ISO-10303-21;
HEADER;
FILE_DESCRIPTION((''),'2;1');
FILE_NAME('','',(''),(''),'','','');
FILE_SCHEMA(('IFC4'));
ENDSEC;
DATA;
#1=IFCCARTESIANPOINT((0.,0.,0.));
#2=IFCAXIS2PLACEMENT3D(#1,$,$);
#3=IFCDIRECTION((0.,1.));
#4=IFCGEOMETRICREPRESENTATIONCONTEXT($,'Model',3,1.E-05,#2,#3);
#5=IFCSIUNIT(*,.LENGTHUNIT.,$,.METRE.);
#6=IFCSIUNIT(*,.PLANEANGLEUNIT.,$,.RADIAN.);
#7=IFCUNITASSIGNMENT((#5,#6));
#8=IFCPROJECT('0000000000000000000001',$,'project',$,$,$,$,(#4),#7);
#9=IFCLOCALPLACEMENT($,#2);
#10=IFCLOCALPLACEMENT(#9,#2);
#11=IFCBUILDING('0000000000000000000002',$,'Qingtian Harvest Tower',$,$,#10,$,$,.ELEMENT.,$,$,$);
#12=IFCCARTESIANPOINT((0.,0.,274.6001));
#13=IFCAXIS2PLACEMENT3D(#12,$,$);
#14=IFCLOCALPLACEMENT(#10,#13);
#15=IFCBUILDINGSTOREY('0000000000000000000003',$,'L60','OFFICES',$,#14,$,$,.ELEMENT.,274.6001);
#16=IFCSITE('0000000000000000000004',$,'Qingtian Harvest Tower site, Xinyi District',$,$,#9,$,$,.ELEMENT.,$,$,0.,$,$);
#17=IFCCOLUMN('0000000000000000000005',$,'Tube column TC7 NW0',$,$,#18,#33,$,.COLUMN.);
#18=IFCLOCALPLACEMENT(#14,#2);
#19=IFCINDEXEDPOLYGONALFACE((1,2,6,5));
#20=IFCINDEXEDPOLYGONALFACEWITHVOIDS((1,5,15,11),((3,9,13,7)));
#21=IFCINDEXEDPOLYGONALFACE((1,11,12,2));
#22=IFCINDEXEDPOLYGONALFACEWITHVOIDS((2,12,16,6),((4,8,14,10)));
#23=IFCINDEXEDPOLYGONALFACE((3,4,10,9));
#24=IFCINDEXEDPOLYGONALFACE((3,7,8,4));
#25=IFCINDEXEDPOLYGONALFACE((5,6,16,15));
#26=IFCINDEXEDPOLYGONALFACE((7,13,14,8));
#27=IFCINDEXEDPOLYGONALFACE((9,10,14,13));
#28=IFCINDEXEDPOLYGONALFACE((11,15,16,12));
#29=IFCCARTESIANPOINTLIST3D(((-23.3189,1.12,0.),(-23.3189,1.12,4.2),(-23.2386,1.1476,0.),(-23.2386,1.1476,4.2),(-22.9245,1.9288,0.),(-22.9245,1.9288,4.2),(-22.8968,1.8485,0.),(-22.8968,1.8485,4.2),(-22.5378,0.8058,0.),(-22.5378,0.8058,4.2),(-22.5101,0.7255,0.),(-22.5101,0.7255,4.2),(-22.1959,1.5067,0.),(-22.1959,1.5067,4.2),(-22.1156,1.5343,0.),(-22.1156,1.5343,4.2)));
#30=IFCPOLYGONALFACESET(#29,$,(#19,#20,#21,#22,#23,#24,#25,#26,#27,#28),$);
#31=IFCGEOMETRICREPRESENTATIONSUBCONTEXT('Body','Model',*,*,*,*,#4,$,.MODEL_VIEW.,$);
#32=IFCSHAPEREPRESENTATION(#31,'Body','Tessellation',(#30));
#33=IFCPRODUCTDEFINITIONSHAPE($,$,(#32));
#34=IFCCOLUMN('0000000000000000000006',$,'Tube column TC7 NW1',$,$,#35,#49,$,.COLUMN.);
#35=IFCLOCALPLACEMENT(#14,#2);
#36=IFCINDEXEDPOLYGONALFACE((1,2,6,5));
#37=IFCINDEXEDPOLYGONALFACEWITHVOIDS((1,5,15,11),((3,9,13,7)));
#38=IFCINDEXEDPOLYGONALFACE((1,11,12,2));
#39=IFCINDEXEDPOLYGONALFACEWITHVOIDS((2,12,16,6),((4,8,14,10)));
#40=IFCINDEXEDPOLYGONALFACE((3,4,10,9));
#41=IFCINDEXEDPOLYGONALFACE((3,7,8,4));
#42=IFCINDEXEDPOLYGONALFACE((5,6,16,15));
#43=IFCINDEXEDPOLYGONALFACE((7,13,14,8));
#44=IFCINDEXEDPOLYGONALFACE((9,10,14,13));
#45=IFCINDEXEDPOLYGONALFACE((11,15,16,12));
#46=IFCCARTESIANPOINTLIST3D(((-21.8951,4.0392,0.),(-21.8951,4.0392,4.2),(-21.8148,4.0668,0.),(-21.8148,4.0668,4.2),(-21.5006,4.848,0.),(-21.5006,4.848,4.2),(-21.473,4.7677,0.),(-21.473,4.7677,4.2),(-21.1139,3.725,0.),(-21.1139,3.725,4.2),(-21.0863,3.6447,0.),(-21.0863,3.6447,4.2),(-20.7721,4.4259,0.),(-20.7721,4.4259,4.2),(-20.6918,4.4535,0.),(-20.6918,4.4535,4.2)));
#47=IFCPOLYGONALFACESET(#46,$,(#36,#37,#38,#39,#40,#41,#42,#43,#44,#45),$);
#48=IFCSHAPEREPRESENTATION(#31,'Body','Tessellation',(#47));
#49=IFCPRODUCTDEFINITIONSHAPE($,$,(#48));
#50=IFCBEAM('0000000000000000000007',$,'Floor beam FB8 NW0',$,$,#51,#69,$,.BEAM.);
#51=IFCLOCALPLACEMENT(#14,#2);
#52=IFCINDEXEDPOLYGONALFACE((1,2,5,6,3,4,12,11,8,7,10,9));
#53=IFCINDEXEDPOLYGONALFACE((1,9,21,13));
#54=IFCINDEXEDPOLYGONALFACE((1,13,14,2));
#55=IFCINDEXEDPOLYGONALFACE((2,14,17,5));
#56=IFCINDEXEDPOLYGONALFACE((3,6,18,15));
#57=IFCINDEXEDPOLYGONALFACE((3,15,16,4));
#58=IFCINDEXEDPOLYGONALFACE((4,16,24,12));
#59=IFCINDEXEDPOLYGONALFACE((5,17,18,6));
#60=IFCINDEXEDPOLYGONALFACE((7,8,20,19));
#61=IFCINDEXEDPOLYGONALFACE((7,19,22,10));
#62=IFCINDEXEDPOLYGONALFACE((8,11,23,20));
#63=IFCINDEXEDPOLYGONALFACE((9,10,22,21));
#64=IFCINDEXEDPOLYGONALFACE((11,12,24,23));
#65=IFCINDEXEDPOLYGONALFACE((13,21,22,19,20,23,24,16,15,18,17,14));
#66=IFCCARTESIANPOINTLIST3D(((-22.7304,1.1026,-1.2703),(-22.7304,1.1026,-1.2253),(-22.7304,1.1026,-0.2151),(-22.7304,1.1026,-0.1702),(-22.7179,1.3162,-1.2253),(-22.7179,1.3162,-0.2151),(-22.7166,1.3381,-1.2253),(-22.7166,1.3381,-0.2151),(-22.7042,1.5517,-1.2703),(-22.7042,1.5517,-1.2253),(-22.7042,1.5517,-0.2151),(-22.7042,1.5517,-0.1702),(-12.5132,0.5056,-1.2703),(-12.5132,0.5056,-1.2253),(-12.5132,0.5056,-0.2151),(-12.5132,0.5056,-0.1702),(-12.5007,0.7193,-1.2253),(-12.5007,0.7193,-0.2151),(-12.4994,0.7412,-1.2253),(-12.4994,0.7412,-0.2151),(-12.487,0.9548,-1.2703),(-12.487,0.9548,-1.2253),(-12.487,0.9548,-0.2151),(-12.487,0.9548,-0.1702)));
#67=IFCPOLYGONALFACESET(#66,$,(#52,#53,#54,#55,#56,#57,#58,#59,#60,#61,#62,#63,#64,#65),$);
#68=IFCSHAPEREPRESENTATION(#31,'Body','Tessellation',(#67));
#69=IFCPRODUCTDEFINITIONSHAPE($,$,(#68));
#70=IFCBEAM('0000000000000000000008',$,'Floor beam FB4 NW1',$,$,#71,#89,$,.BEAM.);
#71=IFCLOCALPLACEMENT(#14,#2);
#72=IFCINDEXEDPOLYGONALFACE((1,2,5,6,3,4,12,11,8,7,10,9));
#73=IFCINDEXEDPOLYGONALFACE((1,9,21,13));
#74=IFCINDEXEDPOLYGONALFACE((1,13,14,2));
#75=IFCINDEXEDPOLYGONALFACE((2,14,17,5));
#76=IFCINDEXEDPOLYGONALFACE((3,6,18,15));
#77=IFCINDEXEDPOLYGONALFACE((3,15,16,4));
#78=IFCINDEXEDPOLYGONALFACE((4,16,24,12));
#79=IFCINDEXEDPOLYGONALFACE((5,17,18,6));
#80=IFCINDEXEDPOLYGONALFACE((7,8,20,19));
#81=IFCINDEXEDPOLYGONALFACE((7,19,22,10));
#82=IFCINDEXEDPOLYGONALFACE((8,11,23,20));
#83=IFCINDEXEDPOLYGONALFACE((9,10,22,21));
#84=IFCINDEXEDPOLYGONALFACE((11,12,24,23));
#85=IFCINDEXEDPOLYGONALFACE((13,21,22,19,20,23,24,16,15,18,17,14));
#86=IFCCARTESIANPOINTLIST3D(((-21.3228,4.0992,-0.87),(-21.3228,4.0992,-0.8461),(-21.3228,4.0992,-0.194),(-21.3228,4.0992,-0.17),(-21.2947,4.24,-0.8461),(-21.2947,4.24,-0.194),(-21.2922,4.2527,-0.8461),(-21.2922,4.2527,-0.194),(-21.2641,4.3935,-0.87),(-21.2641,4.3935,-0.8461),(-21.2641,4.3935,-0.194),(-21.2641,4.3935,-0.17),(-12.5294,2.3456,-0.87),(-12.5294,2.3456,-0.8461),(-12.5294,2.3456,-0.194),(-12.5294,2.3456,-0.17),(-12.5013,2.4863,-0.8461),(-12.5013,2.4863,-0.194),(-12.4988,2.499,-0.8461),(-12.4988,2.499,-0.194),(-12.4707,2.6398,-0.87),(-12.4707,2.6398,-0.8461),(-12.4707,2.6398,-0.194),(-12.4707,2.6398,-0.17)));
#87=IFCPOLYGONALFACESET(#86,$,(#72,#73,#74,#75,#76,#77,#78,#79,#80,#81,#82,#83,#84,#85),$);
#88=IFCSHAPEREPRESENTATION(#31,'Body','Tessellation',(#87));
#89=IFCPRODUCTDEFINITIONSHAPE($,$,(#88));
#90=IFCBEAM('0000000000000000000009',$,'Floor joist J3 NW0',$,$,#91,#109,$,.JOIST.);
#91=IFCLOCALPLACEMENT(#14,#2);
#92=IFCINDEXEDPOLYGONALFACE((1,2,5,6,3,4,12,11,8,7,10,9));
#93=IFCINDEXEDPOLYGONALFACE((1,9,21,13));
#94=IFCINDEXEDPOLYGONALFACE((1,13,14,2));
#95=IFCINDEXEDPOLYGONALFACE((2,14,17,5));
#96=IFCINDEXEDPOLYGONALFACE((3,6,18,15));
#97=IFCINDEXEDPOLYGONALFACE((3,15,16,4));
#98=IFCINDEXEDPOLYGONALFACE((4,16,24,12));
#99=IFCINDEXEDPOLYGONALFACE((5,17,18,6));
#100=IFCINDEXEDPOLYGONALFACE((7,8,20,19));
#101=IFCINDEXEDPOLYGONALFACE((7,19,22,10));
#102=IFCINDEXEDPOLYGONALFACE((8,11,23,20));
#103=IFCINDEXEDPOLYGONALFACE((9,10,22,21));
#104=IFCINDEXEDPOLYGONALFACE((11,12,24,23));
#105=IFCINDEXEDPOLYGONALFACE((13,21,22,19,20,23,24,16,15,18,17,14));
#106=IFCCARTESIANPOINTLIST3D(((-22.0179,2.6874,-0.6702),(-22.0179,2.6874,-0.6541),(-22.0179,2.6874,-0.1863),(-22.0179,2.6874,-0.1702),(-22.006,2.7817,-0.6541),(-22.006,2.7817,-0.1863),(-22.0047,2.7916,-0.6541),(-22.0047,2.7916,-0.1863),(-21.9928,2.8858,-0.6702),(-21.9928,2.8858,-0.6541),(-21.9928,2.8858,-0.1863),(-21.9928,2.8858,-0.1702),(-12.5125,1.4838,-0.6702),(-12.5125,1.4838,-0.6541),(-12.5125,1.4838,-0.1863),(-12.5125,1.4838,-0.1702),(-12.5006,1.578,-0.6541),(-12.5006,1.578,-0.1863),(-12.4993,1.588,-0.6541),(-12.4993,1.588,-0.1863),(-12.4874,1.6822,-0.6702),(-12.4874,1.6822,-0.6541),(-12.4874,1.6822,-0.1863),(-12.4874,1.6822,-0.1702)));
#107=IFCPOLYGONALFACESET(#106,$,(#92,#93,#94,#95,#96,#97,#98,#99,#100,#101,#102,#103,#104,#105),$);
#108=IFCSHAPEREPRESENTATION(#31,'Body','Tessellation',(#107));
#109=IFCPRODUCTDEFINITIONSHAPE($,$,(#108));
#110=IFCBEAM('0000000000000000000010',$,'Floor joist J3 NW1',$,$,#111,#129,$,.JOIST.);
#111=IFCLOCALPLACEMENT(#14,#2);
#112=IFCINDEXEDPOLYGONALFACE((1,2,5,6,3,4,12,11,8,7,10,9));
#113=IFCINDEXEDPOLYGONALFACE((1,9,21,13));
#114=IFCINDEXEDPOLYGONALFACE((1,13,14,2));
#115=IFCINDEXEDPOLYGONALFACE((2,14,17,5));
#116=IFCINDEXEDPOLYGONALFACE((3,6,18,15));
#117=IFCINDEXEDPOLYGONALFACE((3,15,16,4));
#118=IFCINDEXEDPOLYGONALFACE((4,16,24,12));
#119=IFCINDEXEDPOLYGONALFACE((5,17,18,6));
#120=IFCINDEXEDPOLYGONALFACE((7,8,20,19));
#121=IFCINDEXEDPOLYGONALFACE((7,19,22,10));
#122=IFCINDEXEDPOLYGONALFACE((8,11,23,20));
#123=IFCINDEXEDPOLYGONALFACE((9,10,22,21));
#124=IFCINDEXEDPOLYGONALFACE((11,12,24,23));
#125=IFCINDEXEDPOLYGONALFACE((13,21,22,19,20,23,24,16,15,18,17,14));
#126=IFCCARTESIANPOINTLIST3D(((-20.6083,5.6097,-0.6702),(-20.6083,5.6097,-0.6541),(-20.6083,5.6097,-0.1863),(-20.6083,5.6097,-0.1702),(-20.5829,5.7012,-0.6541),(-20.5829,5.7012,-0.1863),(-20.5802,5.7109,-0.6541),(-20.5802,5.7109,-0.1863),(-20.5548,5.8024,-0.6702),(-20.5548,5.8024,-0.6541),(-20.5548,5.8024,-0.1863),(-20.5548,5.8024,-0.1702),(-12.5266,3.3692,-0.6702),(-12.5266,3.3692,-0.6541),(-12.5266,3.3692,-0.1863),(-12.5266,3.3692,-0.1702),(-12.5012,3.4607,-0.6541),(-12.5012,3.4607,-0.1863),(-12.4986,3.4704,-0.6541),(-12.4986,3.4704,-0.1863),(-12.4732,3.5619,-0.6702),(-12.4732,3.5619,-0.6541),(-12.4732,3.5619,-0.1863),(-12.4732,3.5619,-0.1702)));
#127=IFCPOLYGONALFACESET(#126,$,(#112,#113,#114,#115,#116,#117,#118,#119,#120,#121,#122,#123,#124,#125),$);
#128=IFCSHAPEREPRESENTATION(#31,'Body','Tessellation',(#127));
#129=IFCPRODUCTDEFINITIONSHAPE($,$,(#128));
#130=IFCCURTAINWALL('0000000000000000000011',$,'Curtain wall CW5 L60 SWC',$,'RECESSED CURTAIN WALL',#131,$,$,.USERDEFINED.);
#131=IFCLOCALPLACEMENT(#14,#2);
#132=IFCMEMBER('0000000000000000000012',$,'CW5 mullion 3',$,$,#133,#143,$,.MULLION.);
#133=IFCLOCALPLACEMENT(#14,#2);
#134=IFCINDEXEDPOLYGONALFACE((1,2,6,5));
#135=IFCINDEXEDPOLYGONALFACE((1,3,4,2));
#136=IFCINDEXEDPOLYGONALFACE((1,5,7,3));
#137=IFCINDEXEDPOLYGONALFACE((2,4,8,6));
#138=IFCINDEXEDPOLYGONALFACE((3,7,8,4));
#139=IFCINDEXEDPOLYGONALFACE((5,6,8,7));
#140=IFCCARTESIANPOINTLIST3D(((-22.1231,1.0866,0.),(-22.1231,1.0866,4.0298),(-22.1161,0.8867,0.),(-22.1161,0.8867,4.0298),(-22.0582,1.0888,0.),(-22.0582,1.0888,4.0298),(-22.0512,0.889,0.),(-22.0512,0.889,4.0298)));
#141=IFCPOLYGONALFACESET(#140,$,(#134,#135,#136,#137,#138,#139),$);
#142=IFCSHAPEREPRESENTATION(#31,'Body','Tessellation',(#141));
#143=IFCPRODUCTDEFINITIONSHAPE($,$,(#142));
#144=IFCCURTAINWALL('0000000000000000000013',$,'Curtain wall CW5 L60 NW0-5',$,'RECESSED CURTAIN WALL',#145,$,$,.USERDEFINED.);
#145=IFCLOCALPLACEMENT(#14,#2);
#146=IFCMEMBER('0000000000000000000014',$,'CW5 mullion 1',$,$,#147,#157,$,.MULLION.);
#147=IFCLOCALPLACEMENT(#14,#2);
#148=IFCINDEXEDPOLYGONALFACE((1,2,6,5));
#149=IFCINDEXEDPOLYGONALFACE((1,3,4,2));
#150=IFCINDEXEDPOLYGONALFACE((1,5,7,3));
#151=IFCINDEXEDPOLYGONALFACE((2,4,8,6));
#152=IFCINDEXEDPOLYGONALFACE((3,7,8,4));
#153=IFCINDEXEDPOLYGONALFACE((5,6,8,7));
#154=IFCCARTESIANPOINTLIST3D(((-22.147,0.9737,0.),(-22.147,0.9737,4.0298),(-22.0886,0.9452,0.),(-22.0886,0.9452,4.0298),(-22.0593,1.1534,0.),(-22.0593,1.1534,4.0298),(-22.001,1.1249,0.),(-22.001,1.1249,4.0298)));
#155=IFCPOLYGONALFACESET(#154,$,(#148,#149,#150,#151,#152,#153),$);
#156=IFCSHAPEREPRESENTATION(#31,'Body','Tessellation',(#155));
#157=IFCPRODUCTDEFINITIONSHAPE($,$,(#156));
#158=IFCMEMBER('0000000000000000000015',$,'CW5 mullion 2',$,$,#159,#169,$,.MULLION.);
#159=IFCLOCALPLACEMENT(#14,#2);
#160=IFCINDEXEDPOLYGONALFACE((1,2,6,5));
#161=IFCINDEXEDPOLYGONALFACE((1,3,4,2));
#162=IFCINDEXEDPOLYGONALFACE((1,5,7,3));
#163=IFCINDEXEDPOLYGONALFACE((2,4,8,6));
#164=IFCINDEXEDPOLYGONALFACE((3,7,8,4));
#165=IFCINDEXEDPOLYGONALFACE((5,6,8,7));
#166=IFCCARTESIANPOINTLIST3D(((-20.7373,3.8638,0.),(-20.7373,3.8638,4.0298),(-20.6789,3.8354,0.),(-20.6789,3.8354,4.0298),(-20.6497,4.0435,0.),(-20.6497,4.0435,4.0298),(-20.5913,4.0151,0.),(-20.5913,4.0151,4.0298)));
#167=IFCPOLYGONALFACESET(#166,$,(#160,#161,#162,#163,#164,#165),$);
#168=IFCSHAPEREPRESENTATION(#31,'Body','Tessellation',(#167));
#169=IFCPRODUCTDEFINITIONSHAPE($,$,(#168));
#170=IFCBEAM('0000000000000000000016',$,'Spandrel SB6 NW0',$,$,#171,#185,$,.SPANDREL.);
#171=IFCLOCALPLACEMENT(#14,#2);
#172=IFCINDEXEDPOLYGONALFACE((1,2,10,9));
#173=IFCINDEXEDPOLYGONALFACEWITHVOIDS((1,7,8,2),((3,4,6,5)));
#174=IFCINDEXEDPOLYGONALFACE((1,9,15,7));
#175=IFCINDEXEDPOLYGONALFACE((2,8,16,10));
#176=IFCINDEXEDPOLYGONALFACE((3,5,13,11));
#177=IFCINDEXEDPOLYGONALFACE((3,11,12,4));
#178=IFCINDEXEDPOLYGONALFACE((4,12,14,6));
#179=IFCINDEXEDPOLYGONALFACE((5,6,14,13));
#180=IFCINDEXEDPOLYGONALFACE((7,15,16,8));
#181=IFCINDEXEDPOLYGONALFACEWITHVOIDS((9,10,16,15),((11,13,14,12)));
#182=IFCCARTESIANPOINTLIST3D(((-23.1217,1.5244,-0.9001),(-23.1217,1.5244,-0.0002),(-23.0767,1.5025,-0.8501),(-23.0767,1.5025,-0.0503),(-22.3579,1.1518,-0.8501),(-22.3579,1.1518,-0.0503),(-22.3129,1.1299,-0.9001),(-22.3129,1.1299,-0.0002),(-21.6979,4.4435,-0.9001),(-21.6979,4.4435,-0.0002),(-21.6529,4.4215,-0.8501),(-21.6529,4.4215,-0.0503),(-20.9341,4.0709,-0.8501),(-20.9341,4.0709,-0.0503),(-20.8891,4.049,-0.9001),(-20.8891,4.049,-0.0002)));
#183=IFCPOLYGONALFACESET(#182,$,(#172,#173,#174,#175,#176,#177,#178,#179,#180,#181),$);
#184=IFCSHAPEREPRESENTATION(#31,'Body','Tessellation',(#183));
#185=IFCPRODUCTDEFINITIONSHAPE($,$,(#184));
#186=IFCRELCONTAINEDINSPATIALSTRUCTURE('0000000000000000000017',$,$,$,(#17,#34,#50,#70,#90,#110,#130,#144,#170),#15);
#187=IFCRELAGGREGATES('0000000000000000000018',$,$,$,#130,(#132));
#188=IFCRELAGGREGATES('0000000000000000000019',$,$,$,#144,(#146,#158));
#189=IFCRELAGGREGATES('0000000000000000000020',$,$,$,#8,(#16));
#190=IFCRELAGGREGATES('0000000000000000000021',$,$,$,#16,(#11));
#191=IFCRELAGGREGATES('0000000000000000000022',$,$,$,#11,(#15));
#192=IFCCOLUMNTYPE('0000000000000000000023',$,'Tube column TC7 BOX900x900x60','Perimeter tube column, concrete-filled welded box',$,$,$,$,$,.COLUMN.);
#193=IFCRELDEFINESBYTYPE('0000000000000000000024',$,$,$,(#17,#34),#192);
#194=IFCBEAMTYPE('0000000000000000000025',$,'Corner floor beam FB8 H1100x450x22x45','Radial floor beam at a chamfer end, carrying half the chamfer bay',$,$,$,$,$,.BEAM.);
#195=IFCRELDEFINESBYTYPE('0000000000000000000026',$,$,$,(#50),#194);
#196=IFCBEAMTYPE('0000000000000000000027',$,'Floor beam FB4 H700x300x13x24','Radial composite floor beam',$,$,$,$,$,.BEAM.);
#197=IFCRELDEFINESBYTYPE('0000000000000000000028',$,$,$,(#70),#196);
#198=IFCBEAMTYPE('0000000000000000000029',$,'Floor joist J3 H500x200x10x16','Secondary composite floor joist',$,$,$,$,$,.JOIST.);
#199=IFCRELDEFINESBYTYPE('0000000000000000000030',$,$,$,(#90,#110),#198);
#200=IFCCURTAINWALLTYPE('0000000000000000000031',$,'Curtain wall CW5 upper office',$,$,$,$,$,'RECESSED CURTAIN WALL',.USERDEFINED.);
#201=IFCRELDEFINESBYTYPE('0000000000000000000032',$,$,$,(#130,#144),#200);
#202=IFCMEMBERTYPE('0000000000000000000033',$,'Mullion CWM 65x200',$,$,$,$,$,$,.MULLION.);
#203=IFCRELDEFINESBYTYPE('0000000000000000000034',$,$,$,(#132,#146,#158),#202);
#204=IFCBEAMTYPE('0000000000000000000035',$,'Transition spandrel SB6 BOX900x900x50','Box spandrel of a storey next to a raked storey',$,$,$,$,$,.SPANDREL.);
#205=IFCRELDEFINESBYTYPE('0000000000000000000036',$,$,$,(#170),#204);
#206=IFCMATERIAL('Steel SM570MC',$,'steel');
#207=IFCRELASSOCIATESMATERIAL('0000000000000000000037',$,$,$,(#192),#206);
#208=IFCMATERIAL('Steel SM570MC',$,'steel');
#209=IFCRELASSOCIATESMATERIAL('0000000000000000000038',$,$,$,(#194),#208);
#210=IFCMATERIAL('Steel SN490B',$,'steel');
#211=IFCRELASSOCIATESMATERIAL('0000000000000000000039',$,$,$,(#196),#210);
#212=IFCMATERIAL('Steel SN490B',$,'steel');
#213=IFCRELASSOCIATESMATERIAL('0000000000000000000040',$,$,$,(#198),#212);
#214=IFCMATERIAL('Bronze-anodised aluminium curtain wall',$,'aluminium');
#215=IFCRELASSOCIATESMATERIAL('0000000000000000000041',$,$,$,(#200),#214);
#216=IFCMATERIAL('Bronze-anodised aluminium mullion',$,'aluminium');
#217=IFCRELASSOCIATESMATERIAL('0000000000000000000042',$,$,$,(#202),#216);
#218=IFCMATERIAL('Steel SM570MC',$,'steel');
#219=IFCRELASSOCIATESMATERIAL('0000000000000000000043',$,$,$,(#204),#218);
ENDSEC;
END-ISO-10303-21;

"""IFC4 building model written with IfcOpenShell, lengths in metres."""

from ifc_helpers import new_model, si_unit, direction, frame, origin, origin_2d, place, context, subcontext, project, spatial, rectangle, hollow_rectangle, i_section, extrude, material, material_profile, profile_set, type_object, element, aggregate, save


model = new_model("IFC4")

# Units and contexts
model_context = context("Model", 3, precision=1e-05, world=origin(), true_north=direction((0.0, 1.0)))
body_context = subcontext(model_context, "Body", "Model", "MODEL_VIEW")
ifc_project = project(units=[si_unit("LENGTHUNIT", "METRE"), si_unit("PLANEANGLEUNIT", "RADIAN")], contexts=[model_context])

# Site, building, storey
site_placement = place(None, origin())
site = spatial("IfcSite", under=ifc_project, at=site_placement, Name="Qingtian Harvest Tower site, Xinyi District", CompositionType="ELEMENT", RefElevation=0.0)
building_placement = place(site_placement, origin())
building = spatial("IfcBuilding", under=site, at=building_placement, Name="Qingtian Harvest Tower", CompositionType="ELEMENT")
storey_placement = place(building_placement, frame((0.0, 0.0, 274.6001)))
storey = spatial("IfcBuildingStorey", under=building, at=storey_placement, Name="L60", Description="OFFICES", CompositionType="ELEMENT", Elevation=274.6001)

# Columns
ifc_material_1 = material(Name="Steel SM570MC", Category="steel")
ifc_material_profile_1 = material_profile(ifc_material_1, hollow_rectangle(XDim=0.8999, YDim=0.8999, WallThickness=0.0601, at=origin_2d()), Name="BOX900x900x60")
ifc_profile_set_1 = profile_set([ifc_material_profile_1], Name="Steel SM570MC")
column_type = type_object("IfcColumnType", Name="Tube column TC7 BOX900x900x60", Description="Perimeter tube column, concrete-filled welded box", PredefinedType="COLUMN", material=ifc_profile_set_1)
for number, where, z_axis, x_axis, name in (
    (1, (-22.7173, 1.3271, 0.0), (0.0, 0.0, 1.0), (-0.438371, -0.898794, 0.0), "Tube column TC7 NW0"),
    (2, (-21.2935, 4.2463, 0.0), (0.0, 0.0, 1.0), (-0.438371, -0.898794, 0.0), "Tube column TC7 NW1"),
):
    element("IfcColumn", number, at=place(storey_placement, frame(where, z_axis=z_axis, x_axis=x_axis)), inside=storey, type_object=column_type, Name=name, PredefinedType="COLUMN", context=body_context, shape_type="SweptSolid", body=[
        extrude(hollow_rectangle(XDim=0.8999, YDim=0.8999, WallThickness=0.0601, at=origin_2d()), origin(), (0.0, 0.0, 1.0), 4.2),
    ])

# Beams
ifc_material_2 = material(Name="Steel SM570MC", Category="steel")
ifc_material_profile_2 = material_profile(ifc_material_2, i_section(OverallWidth=0.45, OverallDepth=1.1001, WebThickness=0.022, FlangeThickness=0.0449, at=origin_2d()), Name="H1100x450x22x45")
ifc_profile_set_2 = profile_set([ifc_material_profile_2], Name="Steel SM570MC")
beam_type_1 = type_object("IfcBeamType", Name="Corner floor beam FB8 H1100x450x22x45", Description="Radial floor beam at a chamfer end, carrying half the chamfer bay", PredefinedType="BEAM", material=ifc_profile_set_2)
beam_1_placement = place(storey_placement, frame((-22.7173, 1.3271, -0.7202), z_axis=(0.998298, -0.058323, 0.0), x_axis=(0.058323, 0.998298, 0.0)))
element("IfcBeam", 3, at=beam_1_placement, inside=storey, type_object=beam_type_1, Name="Floor beam FB8 NW0", PredefinedType="BEAM", context=body_context, shape_type="SweptSolid", body=[
    extrude(i_section(OverallWidth=0.45, OverallDepth=1.1001, WebThickness=0.022, FlangeThickness=0.0449, at=origin_2d()), origin(), (0.0, 0.0, 1.0), 10.2346),
])
ifc_material_3 = material(Name="Steel SN490B", Category="steel")
ifc_material_profile_3 = material_profile(ifc_material_3, i_section(OverallWidth=0.3, OverallDepth=0.7, WebThickness=0.0129, FlangeThickness=0.0239, at=origin_2d()), Name="H700x300x13x24")
ifc_profile_set_3 = profile_set([ifc_material_profile_3], Name="Steel SN490B")
beam_type_2 = type_object("IfcBeamType", Name="Floor beam FB4 H700x300x13x24", Description="Radial composite floor beam", PredefinedType="BEAM", material=ifc_profile_set_3)
beam_2_placement = place(storey_placement, frame((-21.2935, 4.2463, -0.52), z_axis=(0.980688, -0.195577, 0.0), x_axis=(0.195577, 0.980688, 0.0)))
element("IfcBeam", 4, at=beam_2_placement, inside=storey, type_object=beam_type_2, Name="Floor beam FB4 NW1", PredefinedType="BEAM", context=body_context, shape_type="SweptSolid", body=[
    extrude(i_section(OverallWidth=0.3, OverallDepth=0.7, WebThickness=0.0129, FlangeThickness=0.0239, at=origin_2d()), origin(), (0.0, 0.0, 1.0), 8.9666),
])
ifc_material_4 = material(Name="Steel SN490B", Category="steel")
ifc_material_profile_4 = material_profile(ifc_material_4, i_section(OverallWidth=0.2, OverallDepth=0.5, WebThickness=0.01, FlangeThickness=0.0161, at=origin_2d()), Name="H500x200x10x16")
ifc_profile_set_4 = profile_set([ifc_material_profile_4], Name="Steel SN490B")
beam_type_3 = type_object("IfcBeamType", Name="Floor joist J3 H500x200x10x16", Description="Secondary composite floor joist", PredefinedType="JOIST", material=ifc_profile_set_4)
beam_3_placement = place(storey_placement, frame((-22.0054, 2.7866, -0.4202), z_axis=(0.992078, -0.125621, 0.0), x_axis=(0.125621, 0.992078, 0.0)))
element("IfcBeam", 5, at=beam_3_placement, inside=storey, type_object=beam_type_3, Name="Floor joist J3 NW0", PredefinedType="JOIST", context=body_context, shape_type="SweptSolid", body=[
    extrude(i_section(OverallWidth=0.2, OverallDepth=0.5, WebThickness=0.01, FlangeThickness=0.0161, at=origin_2d()), origin(), (0.0, 0.0, 1.0), 9.5813),
])
beam_4_placement = place(storey_placement, frame((-20.5815, 5.7061, -0.4202), z_axis=(0.963653, -0.267157, 0.0), x_axis=(0.267157, 0.963653, 0.0)))
element("IfcBeam", 6, at=beam_4_placement, inside=storey, type_object=beam_type_3, Name="Floor joist J3 NW1", PredefinedType="JOIST", context=body_context, shape_type="SweptSolid", body=[
    extrude(i_section(OverallWidth=0.2, OverallDepth=0.5, WebThickness=0.01, FlangeThickness=0.0161, at=origin_2d()), origin(), (0.0, 0.0, 1.0), 8.3865),
])

# Curtain wall, member
ifc_material_5 = material(Name="Bronze-anodised aluminium curtain wall", Category="aluminium")
curtain_wall_type = type_object("IfcCurtainWallType", Name="Curtain wall CW5 upper office", ElementType="RECESSED CURTAIN WALL", PredefinedType="USERDEFINED", material=ifc_material_5)
curtain_wall_1_placement = place(storey_placement, origin())
curtain_wall_1 = element("IfcCurtainWall", 7, at=curtain_wall_1_placement, inside=storey, type_object=curtain_wall_type, Name="Curtain wall CW5 L60 SWC", ObjectType="RECESSED CURTAIN WALL", PredefinedType="USERDEFINED")
ifc_material_6 = material(Name="Bronze-anodised aluminium mullion", Category="aluminium")
ifc_material_profile_5 = material_profile(ifc_material_6, rectangle(XDim=0.0649, YDim=0.2, at=origin_2d()), Name="AL 65x200")
ifc_profile_set_5 = profile_set([ifc_material_profile_5], Name="Bronze-anodised aluminium mullion")
member_type_1 = type_object("IfcMemberType", Name="Mullion CWM 65x200", PredefinedType="MULLION", material=ifc_profile_set_5)
member_1_placement = place(storey_placement, frame((-22.0872, 0.9878, 0.0), z_axis=(0.0, 0.0, 1.0), x_axis=(-0.999391, -0.034899, 0.0)))
member_1 = element("IfcMember", 8, at=member_1_placement, type_object=member_type_1, Name="CW5 mullion 3", PredefinedType="MULLION", context=body_context, shape_type="SweptSolid", body=[
    extrude(rectangle(XDim=0.0649, YDim=0.2, at=origin_2d()), origin(), (0.0, 0.0, 1.0), 4.0298),
])

# Curtain wall, members
curtain_wall_2_placement = place(storey_placement, origin())
curtain_wall_2 = element("IfcCurtainWall", 9, at=curtain_wall_2_placement, inside=storey, type_object=curtain_wall_type, Name="Curtain wall CW5 L60 NW0-5", ObjectType="RECESSED CURTAIN WALL", PredefinedType="USERDEFINED")
member_2_placement = place(storey_placement, frame((-22.074, 1.0493, 0.0), z_axis=(0.0, 0.0, 1.0), x_axis=(-0.898794, 0.438371, 0.0)))
member_2 = element("IfcMember", 10, at=member_2_placement, type_object=member_type_1, Name="CW5 mullion 1", PredefinedType="MULLION", context=body_context, shape_type="SweptSolid", body=[
    extrude(rectangle(XDim=0.0649, YDim=0.2, at=origin_2d()), origin(), (0.0, 0.0, 1.0), 4.0298),
])
member_3_placement = place(storey_placement, frame((-20.6643, 3.9395, 0.0), z_axis=(0.0, 0.0, 1.0), x_axis=(-0.898794, 0.438371, 0.0)))
member_3 = element("IfcMember", 11, at=member_3_placement, type_object=member_type_1, Name="CW5 mullion 2", PredefinedType="MULLION", context=body_context, shape_type="SweptSolid", body=[
    extrude(rectangle(XDim=0.0649, YDim=0.2, at=origin_2d()), origin(), (0.0, 0.0, 1.0), 4.0298),
])

# Beam
ifc_material_7 = material(Name="Steel SM570MC", Category="steel")
ifc_material_profile_6 = material_profile(ifc_material_7, hollow_rectangle(XDim=0.8999, YDim=0.8999, WallThickness=0.05, at=origin_2d()), Name="BOX900x900x50")
ifc_profile_set_6 = profile_set([ifc_material_profile_6], Name="Steel SM570MC")
beam_type_4 = type_object("IfcBeamType", Name="Transition spandrel SB6 BOX900x900x50", Description="Box spandrel of a storey next to a raked storey", PredefinedType="SPANDREL", material=ifc_profile_set_6)
beam_5_placement = place(storey_placement, frame((-22.7173, 1.3271, -0.4502), z_axis=(0.438382, 0.898789, 0.0), x_axis=(-0.898789, 0.438382, 0.0)))
element("IfcBeam", 12, at=beam_5_placement, inside=storey, type_object=beam_type_4, Name="Spandrel SB6 NW0", PredefinedType="SPANDREL", context=body_context, shape_type="SweptSolid", body=[
    extrude(hollow_rectangle(XDim=0.8999, YDim=0.8999, WallThickness=0.05, at=origin_2d()), origin(), (0.0, 0.0, 1.0), 3.2478),
])

aggregate(curtain_wall_1, [member_1])
aggregate(curtain_wall_2, [member_2, member_3])

save(model, "model.ifc")
